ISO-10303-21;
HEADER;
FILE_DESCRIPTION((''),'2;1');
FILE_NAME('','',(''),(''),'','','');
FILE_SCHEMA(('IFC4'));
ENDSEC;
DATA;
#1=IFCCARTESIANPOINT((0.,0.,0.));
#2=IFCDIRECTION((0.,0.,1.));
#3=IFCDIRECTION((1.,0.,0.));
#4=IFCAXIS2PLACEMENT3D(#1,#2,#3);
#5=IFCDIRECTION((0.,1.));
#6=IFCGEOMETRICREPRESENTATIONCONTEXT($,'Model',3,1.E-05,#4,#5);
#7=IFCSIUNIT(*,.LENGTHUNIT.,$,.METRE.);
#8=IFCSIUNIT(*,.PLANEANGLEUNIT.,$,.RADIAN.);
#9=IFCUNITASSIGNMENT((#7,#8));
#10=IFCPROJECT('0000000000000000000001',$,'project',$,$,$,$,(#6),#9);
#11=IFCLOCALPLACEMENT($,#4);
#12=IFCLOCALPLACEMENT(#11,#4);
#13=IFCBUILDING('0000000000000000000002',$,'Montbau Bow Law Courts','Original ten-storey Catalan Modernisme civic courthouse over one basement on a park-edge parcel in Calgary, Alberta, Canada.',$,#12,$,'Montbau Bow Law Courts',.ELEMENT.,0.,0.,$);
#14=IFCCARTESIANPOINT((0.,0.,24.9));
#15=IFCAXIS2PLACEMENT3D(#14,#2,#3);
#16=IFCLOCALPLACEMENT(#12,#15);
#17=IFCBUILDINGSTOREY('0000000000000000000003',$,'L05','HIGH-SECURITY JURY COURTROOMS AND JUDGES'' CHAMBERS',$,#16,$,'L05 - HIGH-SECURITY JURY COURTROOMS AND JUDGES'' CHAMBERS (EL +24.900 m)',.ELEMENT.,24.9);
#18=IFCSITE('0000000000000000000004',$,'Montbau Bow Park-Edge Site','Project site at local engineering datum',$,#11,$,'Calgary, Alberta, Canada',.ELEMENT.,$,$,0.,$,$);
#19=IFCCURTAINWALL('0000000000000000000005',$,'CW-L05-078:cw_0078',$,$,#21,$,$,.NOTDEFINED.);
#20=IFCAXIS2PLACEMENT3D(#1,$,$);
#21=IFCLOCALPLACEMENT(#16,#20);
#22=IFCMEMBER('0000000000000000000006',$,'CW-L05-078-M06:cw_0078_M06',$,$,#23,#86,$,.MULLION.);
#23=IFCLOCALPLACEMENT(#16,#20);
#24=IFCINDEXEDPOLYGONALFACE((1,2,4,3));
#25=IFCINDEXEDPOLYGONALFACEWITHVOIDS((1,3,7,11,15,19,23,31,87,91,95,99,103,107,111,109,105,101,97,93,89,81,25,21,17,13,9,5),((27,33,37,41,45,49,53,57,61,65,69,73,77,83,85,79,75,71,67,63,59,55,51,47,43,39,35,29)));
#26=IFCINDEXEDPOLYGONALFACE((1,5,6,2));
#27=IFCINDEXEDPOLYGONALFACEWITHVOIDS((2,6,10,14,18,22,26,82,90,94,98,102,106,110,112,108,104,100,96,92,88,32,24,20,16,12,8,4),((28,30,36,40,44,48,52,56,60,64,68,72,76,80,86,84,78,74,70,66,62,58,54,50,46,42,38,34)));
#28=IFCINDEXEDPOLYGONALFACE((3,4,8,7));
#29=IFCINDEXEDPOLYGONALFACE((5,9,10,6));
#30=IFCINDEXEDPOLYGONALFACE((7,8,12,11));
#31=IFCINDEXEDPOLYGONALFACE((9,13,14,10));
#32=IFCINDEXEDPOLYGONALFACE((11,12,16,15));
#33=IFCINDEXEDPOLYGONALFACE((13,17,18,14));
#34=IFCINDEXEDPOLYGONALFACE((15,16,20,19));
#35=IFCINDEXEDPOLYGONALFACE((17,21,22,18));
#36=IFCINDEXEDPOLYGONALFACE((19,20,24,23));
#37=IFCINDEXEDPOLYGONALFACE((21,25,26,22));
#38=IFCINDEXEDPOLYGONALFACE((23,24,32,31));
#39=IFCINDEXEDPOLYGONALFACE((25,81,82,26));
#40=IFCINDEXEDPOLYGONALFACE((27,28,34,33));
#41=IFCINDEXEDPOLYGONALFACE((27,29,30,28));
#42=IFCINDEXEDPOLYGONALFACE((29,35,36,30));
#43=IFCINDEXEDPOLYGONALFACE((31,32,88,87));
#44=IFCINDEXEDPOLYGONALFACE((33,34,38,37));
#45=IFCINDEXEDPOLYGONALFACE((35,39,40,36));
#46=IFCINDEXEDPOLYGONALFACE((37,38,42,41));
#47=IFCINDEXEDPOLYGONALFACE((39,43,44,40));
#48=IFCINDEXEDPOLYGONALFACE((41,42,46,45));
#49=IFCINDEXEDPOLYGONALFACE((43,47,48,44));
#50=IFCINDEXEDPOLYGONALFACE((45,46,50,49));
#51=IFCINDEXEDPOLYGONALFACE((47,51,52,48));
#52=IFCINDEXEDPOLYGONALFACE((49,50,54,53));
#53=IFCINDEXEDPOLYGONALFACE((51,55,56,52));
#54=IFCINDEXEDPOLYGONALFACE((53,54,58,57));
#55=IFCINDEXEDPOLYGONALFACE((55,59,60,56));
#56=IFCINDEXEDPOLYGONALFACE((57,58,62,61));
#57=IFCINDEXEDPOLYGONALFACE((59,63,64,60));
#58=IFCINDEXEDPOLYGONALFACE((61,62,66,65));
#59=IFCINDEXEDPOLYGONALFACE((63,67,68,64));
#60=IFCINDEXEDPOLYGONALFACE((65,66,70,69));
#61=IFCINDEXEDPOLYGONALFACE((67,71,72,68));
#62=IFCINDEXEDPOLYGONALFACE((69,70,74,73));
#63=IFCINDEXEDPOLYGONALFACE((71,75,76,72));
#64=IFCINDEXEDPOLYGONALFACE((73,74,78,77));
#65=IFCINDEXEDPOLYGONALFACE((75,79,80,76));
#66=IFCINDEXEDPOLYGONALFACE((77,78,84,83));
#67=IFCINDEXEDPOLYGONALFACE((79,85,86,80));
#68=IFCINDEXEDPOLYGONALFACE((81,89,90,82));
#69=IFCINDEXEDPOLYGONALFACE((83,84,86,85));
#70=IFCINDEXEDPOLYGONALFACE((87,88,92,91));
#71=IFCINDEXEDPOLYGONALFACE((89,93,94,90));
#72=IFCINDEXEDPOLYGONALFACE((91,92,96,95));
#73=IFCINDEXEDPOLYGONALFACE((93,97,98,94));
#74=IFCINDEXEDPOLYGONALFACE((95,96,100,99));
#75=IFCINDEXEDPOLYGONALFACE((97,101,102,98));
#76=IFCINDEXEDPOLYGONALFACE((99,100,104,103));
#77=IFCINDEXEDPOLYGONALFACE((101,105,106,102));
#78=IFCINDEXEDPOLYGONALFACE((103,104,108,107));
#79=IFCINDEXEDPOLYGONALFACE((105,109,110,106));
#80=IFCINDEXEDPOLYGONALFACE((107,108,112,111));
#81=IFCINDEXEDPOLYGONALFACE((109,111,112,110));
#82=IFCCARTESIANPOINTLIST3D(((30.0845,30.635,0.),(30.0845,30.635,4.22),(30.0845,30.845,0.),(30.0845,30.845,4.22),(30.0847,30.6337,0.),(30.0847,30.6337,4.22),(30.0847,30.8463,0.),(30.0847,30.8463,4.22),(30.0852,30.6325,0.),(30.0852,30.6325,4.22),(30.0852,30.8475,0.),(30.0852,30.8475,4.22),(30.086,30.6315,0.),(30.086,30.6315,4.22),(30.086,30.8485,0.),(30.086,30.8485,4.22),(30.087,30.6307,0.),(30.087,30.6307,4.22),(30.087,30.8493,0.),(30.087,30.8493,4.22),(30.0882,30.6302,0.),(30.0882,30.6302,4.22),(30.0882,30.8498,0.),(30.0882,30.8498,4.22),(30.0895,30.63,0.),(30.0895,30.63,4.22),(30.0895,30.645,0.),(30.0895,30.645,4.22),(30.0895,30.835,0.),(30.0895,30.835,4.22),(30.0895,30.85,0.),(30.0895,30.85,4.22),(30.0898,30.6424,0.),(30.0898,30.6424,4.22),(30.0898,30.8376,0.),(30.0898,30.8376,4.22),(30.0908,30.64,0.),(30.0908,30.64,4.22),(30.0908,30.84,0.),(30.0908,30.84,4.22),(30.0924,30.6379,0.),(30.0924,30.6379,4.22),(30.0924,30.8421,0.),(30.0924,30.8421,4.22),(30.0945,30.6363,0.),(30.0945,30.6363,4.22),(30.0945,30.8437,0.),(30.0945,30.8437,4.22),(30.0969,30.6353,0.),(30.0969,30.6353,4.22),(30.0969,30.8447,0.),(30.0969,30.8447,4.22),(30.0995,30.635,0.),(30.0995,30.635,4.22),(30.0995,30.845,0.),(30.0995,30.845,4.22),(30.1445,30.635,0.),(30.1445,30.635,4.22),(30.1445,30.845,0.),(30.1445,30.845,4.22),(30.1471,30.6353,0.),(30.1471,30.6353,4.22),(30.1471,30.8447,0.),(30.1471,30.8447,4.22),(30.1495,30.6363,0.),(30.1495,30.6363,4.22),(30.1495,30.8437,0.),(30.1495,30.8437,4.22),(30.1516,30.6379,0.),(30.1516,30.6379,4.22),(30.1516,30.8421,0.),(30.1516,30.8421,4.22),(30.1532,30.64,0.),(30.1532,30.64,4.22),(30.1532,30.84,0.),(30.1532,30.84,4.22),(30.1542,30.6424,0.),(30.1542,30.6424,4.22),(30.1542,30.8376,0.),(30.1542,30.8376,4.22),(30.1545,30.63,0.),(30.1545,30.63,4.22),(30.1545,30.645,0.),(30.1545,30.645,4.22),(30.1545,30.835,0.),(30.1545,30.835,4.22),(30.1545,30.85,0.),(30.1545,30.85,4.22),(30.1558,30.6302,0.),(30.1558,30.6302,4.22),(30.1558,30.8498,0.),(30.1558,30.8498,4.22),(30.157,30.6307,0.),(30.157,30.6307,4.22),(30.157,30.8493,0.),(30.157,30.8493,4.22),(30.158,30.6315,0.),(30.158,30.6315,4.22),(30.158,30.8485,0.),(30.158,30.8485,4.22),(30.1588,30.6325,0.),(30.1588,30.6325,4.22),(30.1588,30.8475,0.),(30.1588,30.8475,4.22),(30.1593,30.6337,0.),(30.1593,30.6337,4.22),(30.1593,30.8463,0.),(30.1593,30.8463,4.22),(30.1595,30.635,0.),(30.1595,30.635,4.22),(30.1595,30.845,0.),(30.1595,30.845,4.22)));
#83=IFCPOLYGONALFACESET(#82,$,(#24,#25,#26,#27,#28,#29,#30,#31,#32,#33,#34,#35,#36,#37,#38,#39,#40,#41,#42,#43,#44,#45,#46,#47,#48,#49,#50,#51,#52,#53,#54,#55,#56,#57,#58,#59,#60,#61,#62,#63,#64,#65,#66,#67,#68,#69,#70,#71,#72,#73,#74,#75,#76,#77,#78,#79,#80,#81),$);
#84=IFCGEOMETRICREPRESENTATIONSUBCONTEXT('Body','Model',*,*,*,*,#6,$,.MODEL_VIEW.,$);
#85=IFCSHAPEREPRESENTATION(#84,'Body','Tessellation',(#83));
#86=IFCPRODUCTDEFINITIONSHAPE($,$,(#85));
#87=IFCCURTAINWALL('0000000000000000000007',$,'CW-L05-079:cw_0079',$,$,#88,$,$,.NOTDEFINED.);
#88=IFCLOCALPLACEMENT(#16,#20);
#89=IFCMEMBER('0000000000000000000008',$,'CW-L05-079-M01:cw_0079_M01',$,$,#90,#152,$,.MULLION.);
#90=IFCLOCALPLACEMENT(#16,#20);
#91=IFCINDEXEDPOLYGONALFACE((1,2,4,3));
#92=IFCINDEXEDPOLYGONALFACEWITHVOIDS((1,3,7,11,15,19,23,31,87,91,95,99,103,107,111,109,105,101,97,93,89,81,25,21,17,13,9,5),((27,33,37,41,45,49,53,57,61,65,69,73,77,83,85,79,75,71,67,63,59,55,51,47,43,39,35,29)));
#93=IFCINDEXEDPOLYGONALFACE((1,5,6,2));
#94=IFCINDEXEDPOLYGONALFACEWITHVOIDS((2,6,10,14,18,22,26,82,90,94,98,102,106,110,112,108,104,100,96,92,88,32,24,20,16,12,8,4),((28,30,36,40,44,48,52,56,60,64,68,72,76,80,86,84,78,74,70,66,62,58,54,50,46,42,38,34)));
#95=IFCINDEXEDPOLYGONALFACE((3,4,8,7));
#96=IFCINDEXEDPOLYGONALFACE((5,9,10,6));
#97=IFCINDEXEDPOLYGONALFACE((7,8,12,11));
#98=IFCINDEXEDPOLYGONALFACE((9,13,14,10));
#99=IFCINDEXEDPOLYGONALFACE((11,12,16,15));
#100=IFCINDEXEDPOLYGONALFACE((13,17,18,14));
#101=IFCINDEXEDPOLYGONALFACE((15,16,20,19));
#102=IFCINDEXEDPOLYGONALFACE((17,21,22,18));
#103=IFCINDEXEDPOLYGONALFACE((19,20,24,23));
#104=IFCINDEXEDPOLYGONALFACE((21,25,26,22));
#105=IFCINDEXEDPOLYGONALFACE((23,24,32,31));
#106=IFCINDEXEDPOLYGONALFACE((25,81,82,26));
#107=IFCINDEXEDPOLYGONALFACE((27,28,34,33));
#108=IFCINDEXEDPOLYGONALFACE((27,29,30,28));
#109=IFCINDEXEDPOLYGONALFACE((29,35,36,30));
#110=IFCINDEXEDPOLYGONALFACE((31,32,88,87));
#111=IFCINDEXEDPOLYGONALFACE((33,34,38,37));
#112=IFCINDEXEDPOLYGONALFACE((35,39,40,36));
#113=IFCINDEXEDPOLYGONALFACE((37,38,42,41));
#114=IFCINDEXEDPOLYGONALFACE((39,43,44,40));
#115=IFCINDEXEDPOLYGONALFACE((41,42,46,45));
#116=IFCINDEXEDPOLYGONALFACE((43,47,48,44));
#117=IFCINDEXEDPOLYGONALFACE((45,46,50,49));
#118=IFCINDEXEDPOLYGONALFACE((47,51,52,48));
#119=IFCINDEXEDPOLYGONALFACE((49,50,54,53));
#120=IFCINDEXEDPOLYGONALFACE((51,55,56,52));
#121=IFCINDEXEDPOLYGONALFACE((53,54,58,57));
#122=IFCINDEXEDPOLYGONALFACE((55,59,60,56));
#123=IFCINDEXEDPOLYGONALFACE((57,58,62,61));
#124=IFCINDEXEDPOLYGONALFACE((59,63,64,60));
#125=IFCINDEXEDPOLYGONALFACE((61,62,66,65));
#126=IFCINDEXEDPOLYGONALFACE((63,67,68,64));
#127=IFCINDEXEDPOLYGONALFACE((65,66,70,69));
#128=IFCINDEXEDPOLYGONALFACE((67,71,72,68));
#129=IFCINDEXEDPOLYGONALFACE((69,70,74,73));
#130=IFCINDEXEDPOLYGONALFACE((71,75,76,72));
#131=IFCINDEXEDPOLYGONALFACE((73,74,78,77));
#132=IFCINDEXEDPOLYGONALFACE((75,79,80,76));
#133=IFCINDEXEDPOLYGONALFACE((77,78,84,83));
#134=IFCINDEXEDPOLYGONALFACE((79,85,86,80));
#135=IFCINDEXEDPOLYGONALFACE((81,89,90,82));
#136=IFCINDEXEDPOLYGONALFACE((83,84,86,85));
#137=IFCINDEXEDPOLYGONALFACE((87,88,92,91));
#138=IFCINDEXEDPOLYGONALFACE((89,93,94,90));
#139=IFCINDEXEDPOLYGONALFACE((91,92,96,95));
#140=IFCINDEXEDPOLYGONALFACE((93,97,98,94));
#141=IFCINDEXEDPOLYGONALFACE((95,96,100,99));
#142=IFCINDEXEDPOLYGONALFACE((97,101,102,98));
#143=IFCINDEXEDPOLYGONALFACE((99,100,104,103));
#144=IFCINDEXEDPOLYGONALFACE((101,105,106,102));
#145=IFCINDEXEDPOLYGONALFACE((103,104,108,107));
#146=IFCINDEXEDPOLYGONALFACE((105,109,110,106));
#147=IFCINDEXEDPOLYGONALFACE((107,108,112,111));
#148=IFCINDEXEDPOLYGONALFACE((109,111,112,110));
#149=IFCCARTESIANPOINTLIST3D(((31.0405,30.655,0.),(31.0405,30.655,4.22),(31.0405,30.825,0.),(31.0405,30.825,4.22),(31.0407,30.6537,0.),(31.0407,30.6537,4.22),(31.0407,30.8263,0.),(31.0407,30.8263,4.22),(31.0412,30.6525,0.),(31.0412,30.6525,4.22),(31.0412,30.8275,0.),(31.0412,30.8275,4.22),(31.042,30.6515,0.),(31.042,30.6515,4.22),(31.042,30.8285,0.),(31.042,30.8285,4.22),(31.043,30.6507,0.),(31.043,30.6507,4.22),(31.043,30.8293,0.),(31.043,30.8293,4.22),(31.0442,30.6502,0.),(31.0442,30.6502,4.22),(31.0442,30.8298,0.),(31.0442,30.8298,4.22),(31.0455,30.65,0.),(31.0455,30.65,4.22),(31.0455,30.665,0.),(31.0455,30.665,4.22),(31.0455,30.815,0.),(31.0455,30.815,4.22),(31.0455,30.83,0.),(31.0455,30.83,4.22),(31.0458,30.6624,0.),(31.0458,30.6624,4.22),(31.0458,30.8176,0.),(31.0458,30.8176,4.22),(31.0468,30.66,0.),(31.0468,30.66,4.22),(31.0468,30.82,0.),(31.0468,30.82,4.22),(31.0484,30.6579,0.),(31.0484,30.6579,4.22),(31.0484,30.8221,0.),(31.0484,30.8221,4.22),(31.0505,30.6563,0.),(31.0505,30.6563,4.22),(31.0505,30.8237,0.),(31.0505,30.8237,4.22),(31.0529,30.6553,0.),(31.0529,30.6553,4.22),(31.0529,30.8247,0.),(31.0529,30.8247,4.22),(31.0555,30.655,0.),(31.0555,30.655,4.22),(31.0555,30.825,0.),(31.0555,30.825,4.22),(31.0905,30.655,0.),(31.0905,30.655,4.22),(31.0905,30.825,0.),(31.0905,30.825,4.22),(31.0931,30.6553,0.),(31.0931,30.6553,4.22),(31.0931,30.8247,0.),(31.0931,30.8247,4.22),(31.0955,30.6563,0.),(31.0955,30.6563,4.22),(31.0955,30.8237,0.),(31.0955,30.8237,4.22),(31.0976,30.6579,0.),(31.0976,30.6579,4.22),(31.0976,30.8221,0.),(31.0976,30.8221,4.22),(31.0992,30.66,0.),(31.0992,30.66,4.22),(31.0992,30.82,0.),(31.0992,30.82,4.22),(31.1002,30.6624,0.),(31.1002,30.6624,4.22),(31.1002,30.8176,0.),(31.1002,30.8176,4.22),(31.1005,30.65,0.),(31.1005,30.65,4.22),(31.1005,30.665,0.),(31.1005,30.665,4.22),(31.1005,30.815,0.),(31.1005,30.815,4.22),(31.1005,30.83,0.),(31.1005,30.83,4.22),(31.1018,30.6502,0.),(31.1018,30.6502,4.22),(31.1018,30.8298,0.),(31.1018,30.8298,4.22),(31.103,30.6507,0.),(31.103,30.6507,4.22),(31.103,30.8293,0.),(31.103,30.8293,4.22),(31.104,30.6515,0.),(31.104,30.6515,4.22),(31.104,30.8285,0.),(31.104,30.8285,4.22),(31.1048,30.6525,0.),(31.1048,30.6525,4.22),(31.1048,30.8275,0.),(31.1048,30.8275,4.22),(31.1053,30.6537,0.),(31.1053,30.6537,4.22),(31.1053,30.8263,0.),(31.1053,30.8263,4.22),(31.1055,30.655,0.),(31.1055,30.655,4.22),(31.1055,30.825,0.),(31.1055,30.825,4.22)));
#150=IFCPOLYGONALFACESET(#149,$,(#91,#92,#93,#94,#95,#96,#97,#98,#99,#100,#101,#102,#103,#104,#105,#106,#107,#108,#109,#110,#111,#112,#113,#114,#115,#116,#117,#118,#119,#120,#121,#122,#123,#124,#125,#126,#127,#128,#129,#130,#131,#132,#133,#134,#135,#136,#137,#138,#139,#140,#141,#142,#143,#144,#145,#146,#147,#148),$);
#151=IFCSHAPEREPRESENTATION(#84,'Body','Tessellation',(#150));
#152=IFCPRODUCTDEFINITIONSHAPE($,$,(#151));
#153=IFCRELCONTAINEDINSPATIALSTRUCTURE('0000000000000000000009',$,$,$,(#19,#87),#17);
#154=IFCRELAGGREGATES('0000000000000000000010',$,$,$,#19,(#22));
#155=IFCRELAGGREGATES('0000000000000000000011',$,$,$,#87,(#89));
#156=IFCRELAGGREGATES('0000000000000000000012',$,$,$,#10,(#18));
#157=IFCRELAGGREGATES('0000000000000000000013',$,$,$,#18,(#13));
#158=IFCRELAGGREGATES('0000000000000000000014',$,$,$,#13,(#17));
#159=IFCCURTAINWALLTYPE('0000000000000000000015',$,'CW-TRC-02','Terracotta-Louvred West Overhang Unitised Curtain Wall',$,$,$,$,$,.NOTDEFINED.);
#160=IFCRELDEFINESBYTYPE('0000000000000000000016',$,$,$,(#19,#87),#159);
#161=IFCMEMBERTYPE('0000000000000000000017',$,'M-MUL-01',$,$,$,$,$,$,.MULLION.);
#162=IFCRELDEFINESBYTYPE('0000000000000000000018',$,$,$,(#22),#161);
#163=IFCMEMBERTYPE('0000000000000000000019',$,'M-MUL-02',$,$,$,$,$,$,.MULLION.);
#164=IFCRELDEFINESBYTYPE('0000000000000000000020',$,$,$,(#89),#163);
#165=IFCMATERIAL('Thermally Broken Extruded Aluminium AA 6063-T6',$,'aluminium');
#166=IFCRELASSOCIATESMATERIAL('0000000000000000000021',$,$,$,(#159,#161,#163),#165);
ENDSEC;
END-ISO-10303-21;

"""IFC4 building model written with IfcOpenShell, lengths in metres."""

from ifc_helpers import new_model, si_unit, direction, frame, origin_with_axes, origin_2d_with_axis, place, context, subcontext, project, spatial, hollow_rectangle, extrude, material, material_profile, profile_set, type_object, element, aggregate, save


model = new_model("IFC4")

# Units and contexts
model_context = context("Model", 3, precision=1e-05, world=origin_with_axes(), true_north=direction((0.0, 1.0)))
body_context = subcontext(model_context, "Body", "Model", "MODEL_VIEW")
ifc_project = project(units=[si_unit("LENGTHUNIT", "METRE"), si_unit("PLANEANGLEUNIT", "RADIAN")], contexts=[model_context])

# Site, building, storey
site_placement = place(None, origin_with_axes())
site = spatial("IfcSite", under=ifc_project, at=site_placement, Name="Montbau Bow Park-Edge Site", Description="Project site at local engineering datum", LongName="Calgary, Alberta, Canada", CompositionType="ELEMENT", RefElevation=0.0)
building_placement = place(site_placement, origin_with_axes())
building = spatial("IfcBuilding", under=site, at=building_placement, Name="Montbau Bow Law Courts", Description="Original ten-storey Catalan Modernisme civic courthouse over one basement on a park-edge parcel in Calgary, Alberta, Canada.", LongName="Montbau Bow Law Courts", CompositionType="ELEMENT", ElevationOfRefHeight=0.0, ElevationOfTerrain=0.0)
storey_placement = place(building_placement, frame((0.0, 0.0, 24.9), z_axis=(0.0, 0.0, 1.0), x_axis=(1.0, 0.0, 0.0)))
storey = spatial("IfcBuildingStorey", under=building, at=storey_placement, Name="L05", Description="HIGH-SECURITY JURY COURTROOMS AND JUDGES' CHAMBERS", LongName="L05 - HIGH-SECURITY JURY COURTROOMS AND JUDGES' CHAMBERS (EL +24.900 m)", CompositionType="ELEMENT", Elevation=24.9)

# Curtain wall, member
ifc_material_1 = material(Name="Thermally Broken Extruded Aluminium AA 6063-T6", Category="aluminium")
curtain_wall_type = type_object("IfcCurtainWallType", Name="CW-TRC-02", Description="Terracotta-Louvred West Overhang Unitised Curtain Wall", PredefinedType="NOTDEFINED", material=ifc_material_1)
curtain_wall_1_placement = place(None, frame((22.64, 30.74, 24.9), z_axis=(0.0, 0.0, 1.0), x_axis=(1.0, 0.0, 0.0)))
curtain_wall_1 = element("IfcCurtainWall", 1, at=curtain_wall_1_placement, inside=storey, type_object=curtain_wall_type, Name="CW-L05-078:cw_0078", PredefinedType="NOTDEFINED")
ifc_material_profile_1 = material_profile(ifc_material_1, hollow_rectangle(XDim=0.075, YDim=0.22, WallThickness=0.005, InnerFilletRadius=0.01, OuterFilletRadius=0.005, at=origin_2d_with_axis()), Name="CWM-220X75", Category="Main", Priority=0)
ifc_profile_set_1 = profile_set([ifc_material_profile_1], Name="Thermally Broken Extruded Aluminium AA 6063-T6")
member_type_1 = type_object("IfcMemberType", Name="M-MUL-01", PredefinedType="MULLION", material=ifc_profile_set_1)
member_1_placement = place(None, frame((30.122, 30.74, 24.9), z_axis=(0.0, 0.0, 1.0), x_axis=(1.0, 0.0, 0.0)))
member_1 = element("IfcMember", 2, at=member_1_placement, type_object=member_type_1, Name="CW-L05-078-M06:cw_0078_M06", PredefinedType="MULLION", context=body_context, shape_type="SweptSolid", body=[
    extrude(hollow_rectangle(XDim=0.075, YDim=0.22, WallThickness=0.005, InnerFilletRadius=0.01, OuterFilletRadius=0.005, at=origin_2d_with_axis()), origin_with_axes(), (0.0, 0.0, 1.0), 4.22),
])

# Curtain wall, member
curtain_wall_2_placement = place(None, frame((31.04, 30.74, 24.9), z_axis=(0.0, 0.0, 1.0), x_axis=(1.0, 0.0, 0.0)))
curtain_wall_2 = element("IfcCurtainWall", 3, at=curtain_wall_2_placement, inside=storey, type_object=curtain_wall_type, Name="CW-L05-079:cw_0079", PredefinedType="NOTDEFINED")
ifc_material_profile_2 = material_profile(ifc_material_1, hollow_rectangle(XDim=0.065, YDim=0.18, WallThickness=0.005, InnerFilletRadius=0.01, OuterFilletRadius=0.005, at=origin_2d_with_axis()), Name="CWM-180X65", Category="Main", Priority=0)
ifc_profile_set_2 = profile_set([ifc_material_profile_2], Name="Thermally Broken Extruded Aluminium AA 6063-T6")
member_type_2 = type_object("IfcMemberType", Name="M-MUL-02", PredefinedType="MULLION", material=ifc_profile_set_2)
member_2_placement = place(None, frame((31.073, 30.74, 24.9), z_axis=(0.0, 0.0, 1.0), x_axis=(1.0, 0.0, 0.0)))
member_2 = element("IfcMember", 4, at=member_2_placement, type_object=member_type_2, Name="CW-L05-079-M01:cw_0079_M01", PredefinedType="MULLION", context=body_context, shape_type="SweptSolid", body=[
    extrude(hollow_rectangle(XDim=0.065, YDim=0.18, WallThickness=0.005, InnerFilletRadius=0.01, OuterFilletRadius=0.005, at=origin_2d_with_axis()), origin_with_axes(), (0.0, 0.0, 1.0), 4.22),
])

aggregate(curtain_wall_1, [member_1])

aggregate(curtain_wall_2, [member_2])

save(model, "model.ifc")
